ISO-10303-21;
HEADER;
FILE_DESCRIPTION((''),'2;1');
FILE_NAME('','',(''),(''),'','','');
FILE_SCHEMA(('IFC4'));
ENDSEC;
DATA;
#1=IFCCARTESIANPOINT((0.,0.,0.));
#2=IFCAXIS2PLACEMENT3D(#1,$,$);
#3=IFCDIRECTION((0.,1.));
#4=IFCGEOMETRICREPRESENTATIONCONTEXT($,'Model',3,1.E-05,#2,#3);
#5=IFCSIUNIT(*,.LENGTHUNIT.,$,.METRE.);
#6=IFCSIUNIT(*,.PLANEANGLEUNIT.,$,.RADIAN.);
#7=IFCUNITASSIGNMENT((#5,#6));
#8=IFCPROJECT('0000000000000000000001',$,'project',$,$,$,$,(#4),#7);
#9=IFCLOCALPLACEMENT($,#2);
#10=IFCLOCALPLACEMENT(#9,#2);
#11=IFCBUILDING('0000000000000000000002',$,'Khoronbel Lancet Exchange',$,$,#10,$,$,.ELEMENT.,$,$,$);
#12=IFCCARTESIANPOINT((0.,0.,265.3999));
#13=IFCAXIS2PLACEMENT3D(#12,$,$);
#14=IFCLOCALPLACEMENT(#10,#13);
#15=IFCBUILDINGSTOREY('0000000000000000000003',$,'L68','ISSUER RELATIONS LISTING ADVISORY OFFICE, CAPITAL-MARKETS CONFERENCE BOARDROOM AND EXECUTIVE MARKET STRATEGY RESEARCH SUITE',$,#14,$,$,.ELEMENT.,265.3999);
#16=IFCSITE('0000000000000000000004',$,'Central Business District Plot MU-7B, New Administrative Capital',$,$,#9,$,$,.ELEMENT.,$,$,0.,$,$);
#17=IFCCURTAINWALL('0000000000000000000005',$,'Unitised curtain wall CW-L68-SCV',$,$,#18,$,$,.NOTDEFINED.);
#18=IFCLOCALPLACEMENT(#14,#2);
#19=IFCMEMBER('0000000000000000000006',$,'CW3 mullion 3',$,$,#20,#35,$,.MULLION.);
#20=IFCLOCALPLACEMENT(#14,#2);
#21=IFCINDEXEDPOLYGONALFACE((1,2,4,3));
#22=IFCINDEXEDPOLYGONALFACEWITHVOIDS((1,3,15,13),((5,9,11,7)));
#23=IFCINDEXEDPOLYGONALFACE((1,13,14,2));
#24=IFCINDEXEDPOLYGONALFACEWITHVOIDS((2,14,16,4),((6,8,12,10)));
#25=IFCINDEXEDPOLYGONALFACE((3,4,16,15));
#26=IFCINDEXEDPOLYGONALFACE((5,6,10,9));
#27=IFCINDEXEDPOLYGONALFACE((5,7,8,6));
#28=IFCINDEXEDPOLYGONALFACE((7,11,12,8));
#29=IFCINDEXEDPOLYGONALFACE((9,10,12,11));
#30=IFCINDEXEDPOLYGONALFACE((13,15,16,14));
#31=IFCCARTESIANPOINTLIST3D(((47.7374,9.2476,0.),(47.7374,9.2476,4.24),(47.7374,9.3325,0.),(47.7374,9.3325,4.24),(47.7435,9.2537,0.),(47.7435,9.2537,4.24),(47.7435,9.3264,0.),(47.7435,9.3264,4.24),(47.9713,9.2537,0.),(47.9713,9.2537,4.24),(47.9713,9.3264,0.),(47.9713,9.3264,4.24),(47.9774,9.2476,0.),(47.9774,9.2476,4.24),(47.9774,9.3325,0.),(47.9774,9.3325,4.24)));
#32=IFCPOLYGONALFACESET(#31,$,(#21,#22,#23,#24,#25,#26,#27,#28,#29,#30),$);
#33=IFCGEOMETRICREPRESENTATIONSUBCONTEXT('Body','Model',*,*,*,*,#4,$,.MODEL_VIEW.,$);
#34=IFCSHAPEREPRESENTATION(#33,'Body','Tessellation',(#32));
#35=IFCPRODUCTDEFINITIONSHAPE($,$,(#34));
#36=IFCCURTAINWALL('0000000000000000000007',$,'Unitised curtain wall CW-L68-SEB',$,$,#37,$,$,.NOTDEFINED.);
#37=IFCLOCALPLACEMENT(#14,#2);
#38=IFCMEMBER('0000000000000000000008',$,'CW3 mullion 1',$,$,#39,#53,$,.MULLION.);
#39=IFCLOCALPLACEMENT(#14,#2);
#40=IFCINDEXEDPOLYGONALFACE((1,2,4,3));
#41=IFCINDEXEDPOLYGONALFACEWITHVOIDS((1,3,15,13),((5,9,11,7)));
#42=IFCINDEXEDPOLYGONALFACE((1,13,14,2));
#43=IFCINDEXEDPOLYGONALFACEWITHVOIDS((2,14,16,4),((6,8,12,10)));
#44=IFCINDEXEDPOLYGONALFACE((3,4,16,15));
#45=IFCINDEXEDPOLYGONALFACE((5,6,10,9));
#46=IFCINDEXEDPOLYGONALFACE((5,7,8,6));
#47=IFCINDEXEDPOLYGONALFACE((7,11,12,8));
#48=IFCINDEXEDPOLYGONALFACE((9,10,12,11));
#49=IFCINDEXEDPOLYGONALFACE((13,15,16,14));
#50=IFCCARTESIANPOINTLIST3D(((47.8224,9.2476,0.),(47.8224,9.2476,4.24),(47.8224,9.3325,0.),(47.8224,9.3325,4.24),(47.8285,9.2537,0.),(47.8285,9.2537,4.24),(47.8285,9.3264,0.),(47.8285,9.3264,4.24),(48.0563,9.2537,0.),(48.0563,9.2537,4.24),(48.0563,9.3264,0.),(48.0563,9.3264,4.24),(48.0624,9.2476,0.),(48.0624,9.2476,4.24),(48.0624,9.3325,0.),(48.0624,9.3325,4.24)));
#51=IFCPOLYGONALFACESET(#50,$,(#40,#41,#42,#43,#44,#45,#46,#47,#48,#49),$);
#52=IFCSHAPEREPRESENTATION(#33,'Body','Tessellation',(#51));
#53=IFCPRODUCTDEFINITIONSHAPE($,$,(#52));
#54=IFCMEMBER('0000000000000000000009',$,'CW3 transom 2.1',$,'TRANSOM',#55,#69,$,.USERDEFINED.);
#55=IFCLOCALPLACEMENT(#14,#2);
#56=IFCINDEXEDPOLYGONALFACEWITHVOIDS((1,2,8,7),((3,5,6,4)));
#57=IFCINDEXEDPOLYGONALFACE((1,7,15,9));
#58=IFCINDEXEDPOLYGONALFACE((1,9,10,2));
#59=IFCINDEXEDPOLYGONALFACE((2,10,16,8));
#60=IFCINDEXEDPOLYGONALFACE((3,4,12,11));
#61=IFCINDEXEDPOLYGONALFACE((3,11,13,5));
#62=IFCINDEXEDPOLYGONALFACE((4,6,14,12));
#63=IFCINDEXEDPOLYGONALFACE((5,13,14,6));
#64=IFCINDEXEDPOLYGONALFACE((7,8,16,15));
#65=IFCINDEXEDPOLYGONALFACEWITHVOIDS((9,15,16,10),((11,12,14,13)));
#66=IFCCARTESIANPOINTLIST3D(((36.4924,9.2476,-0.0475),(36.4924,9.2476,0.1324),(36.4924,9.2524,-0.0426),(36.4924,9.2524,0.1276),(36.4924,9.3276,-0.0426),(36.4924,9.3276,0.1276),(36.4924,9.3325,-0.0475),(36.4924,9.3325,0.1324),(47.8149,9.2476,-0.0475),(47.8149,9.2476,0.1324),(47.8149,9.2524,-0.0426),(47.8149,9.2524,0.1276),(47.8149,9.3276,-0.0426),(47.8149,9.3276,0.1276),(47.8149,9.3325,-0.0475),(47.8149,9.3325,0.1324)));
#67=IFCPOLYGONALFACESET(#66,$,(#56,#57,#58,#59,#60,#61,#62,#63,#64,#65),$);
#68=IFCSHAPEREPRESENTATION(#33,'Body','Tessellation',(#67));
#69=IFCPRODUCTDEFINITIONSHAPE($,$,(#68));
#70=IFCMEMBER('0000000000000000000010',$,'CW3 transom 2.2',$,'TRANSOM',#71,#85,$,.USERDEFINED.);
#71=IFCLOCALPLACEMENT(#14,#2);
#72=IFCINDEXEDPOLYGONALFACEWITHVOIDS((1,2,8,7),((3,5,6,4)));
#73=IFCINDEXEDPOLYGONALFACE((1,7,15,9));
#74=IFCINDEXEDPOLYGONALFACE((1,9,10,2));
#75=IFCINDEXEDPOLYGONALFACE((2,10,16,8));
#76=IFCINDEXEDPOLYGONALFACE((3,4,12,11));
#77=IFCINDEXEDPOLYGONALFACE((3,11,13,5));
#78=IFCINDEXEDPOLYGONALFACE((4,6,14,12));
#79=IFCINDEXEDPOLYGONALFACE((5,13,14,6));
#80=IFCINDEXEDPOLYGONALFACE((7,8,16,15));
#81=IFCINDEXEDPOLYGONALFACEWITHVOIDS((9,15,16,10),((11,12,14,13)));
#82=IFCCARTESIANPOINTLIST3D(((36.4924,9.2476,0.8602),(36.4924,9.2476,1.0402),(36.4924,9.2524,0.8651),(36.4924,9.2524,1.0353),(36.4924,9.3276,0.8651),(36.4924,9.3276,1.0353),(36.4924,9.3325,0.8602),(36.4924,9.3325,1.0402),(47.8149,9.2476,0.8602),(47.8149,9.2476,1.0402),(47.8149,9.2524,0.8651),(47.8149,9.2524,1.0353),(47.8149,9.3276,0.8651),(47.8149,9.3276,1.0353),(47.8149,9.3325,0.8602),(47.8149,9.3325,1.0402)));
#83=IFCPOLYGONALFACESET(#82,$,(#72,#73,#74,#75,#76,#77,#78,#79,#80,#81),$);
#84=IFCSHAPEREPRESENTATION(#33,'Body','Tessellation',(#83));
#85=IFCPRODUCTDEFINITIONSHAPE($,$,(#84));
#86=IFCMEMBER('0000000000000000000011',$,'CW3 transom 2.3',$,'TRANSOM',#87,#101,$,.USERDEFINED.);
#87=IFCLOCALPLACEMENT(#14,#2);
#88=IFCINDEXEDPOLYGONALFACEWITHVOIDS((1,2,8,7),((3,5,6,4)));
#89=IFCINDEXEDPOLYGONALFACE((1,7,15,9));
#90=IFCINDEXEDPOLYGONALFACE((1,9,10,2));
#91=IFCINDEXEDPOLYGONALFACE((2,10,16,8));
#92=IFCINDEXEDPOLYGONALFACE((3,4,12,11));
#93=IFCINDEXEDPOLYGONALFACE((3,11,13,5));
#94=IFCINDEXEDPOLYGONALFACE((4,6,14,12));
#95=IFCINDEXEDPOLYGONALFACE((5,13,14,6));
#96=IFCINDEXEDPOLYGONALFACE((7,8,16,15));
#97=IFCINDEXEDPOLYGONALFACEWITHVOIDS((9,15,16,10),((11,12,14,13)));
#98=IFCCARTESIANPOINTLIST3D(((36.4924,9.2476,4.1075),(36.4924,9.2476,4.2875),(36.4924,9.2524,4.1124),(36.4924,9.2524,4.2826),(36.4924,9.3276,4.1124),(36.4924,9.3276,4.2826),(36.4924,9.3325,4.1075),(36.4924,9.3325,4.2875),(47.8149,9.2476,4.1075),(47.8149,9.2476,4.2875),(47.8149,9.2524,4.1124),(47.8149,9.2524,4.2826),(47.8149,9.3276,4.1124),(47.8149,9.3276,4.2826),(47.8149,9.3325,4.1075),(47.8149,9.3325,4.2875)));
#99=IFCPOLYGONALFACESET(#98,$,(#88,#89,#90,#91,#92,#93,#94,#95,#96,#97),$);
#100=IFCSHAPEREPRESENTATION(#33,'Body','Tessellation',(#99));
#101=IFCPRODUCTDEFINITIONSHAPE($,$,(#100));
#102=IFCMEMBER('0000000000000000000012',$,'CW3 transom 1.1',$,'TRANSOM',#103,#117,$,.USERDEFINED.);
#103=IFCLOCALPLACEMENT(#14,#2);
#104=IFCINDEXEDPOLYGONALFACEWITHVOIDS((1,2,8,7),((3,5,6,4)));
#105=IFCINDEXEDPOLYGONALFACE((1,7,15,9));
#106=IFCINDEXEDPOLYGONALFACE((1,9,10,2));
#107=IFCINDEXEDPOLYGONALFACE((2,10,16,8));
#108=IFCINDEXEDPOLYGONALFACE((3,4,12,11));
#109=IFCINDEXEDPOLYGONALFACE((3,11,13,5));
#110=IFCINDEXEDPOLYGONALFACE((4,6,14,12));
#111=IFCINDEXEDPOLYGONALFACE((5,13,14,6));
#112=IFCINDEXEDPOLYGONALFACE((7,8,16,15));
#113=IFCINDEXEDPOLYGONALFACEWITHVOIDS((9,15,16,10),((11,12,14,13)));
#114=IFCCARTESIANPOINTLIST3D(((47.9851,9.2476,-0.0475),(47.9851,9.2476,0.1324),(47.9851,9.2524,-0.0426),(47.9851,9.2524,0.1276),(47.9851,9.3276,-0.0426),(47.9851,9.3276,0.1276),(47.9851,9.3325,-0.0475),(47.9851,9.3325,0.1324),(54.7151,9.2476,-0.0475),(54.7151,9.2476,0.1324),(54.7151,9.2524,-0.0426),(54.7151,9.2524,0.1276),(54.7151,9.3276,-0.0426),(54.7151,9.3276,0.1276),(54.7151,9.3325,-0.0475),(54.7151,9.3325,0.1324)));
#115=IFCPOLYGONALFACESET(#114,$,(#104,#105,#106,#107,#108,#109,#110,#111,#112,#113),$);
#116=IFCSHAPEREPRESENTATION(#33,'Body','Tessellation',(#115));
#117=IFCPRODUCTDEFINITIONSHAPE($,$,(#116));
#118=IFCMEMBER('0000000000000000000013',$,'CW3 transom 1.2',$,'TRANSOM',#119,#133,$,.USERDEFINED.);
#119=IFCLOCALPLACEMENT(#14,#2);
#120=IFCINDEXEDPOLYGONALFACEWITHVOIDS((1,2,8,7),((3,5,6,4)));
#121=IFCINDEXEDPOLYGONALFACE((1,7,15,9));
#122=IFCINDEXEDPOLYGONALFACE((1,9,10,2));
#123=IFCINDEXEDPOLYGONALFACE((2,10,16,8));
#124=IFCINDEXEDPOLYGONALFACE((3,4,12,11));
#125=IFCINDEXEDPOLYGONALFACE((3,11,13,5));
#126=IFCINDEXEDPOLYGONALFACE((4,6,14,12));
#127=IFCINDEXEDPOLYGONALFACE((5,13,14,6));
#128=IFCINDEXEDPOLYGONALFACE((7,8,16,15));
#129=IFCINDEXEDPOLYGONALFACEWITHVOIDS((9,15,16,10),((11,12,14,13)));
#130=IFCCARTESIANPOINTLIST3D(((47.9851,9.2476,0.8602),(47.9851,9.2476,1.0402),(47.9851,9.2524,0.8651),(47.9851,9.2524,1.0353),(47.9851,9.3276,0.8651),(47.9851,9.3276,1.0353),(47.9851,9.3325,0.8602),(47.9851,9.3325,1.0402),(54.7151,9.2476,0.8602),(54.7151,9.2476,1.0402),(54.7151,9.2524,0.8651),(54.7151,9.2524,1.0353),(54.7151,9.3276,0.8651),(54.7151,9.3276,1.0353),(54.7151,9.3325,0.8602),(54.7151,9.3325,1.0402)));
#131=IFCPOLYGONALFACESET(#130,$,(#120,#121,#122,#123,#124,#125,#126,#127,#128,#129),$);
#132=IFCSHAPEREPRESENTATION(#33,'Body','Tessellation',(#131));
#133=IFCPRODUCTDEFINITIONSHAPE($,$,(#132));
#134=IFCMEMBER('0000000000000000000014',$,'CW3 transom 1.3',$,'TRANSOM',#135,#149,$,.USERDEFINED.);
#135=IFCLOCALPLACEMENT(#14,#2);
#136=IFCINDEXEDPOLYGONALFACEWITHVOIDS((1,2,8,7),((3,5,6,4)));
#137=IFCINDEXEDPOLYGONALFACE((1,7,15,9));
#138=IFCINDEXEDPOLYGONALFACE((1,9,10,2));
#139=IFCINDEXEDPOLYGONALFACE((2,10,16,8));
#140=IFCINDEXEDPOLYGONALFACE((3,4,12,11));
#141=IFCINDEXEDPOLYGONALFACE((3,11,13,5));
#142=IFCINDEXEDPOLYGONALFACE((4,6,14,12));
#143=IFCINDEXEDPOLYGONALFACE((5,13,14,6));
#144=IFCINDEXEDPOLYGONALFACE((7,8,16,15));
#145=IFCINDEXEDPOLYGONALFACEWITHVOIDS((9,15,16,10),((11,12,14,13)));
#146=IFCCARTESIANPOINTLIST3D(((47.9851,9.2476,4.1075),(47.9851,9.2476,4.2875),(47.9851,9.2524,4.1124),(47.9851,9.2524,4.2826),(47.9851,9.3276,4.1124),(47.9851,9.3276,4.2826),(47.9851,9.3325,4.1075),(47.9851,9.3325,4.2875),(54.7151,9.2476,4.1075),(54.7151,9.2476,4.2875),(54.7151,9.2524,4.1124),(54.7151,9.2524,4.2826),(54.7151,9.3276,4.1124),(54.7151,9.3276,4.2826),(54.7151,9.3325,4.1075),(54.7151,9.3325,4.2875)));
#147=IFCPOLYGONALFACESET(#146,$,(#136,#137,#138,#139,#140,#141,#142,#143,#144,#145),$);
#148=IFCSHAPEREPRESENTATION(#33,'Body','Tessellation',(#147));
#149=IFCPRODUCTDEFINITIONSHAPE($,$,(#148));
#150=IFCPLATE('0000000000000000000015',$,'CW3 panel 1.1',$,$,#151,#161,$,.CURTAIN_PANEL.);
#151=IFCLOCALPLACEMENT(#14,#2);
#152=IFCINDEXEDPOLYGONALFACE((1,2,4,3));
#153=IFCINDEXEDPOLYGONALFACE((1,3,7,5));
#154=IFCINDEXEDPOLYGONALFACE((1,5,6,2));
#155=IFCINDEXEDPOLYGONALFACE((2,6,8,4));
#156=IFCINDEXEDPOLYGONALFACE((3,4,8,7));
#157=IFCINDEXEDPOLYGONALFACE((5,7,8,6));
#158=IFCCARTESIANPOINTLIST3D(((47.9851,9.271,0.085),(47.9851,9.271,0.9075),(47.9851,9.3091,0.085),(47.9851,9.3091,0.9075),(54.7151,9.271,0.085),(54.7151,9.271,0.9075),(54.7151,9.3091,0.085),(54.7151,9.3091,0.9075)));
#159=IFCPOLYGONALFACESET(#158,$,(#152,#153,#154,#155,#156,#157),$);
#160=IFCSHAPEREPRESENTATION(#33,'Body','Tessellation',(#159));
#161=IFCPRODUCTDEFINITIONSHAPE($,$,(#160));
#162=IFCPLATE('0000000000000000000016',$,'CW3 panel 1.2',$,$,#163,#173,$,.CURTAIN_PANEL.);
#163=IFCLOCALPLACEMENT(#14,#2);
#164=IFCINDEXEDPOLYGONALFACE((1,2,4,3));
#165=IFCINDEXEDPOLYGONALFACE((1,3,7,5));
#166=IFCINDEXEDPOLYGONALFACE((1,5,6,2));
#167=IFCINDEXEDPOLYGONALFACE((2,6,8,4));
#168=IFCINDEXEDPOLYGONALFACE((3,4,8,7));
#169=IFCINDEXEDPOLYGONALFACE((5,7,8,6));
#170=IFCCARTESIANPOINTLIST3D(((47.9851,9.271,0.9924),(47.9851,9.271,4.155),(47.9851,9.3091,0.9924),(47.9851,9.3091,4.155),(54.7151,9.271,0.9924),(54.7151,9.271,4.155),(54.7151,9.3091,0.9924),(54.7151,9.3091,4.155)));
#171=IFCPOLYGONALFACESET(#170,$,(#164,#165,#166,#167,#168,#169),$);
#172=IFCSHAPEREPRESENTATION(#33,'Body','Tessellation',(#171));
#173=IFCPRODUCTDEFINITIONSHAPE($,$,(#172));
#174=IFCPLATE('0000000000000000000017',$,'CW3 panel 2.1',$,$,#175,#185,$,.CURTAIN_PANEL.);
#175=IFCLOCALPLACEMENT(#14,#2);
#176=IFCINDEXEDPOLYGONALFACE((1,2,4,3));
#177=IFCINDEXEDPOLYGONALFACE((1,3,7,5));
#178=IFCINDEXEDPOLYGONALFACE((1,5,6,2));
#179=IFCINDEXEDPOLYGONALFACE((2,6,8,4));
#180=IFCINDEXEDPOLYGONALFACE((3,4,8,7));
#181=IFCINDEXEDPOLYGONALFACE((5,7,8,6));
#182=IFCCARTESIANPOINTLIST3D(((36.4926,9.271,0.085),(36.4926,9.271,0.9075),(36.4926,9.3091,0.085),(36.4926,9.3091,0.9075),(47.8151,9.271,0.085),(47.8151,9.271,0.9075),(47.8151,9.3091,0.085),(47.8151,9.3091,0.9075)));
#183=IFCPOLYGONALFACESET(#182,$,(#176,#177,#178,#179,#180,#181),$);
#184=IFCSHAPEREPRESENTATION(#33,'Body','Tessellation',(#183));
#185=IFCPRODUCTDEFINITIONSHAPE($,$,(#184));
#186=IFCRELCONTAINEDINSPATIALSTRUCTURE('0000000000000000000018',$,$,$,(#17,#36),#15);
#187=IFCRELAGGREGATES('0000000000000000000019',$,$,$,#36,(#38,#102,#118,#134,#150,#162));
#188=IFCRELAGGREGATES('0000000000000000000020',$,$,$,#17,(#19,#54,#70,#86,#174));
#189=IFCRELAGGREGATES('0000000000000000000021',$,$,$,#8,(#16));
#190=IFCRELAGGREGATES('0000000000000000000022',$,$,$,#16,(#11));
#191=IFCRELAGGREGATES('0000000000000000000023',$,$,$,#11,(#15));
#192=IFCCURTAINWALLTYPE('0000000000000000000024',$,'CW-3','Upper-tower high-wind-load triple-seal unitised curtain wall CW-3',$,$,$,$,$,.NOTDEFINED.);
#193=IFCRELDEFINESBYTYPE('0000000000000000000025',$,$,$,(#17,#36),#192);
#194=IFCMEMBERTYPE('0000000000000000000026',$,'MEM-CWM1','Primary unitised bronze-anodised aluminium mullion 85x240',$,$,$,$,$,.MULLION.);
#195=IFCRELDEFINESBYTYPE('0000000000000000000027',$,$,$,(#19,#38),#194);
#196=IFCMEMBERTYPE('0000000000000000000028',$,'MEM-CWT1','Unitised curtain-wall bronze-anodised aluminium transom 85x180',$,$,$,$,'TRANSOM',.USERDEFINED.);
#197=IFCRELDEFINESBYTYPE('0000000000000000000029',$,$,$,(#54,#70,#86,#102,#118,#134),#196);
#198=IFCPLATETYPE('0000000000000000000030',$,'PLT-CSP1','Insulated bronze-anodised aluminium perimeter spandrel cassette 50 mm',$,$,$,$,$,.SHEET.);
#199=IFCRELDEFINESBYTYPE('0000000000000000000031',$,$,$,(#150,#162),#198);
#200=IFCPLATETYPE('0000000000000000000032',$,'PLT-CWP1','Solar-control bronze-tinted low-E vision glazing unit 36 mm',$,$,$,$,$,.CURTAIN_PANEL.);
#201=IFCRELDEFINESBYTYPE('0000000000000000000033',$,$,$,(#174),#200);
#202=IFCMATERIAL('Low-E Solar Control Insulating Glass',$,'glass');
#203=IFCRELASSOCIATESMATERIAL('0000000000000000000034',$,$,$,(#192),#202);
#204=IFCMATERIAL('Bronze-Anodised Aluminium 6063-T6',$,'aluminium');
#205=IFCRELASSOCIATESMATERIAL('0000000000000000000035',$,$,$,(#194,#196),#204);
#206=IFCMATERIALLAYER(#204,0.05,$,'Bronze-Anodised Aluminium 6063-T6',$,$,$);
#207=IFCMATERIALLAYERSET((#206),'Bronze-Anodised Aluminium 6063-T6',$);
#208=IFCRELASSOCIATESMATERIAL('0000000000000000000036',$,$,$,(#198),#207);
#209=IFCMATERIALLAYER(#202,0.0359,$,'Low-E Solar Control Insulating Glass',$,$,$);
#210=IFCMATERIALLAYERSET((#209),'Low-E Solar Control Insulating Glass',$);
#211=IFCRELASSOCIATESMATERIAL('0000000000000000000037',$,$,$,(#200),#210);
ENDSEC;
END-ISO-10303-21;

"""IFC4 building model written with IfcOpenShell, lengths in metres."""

from ifc_helpers import new_model, si_unit, direction, frame, origin, origin_2d, place, context, subcontext, project, spatial, rectangle, hollow_rectangle, extrude, material, layer, layer_set, material_profile, profile_set, type_object, element, aggregate, save


model = new_model("IFC4")

# Units and contexts
model_context = context("Model", 3, precision=1e-05, world=origin(), true_north=direction((0.0, 1.0)))
body_context = subcontext(model_context, "Body", "Model", "MODEL_VIEW")
ifc_project = project(units=[si_unit("LENGTHUNIT", "METRE"), si_unit("PLANEANGLEUNIT", "RADIAN")], contexts=[model_context])

# Site, building, storey
site_placement = place(None, origin())
site = spatial("IfcSite", under=ifc_project, at=site_placement, Name="Central Business District Plot MU-7B, New Administrative Capital", CompositionType="ELEMENT", RefElevation=0.0)
building_placement = place(site_placement, origin())
building = spatial("IfcBuilding", under=site, at=building_placement, Name="Khoronbel Lancet Exchange", CompositionType="ELEMENT")
storey_placement = place(building_placement, frame((0.0, 0.0, 265.3999)))
storey = spatial("IfcBuildingStorey", under=building, at=storey_placement, Name="L68", Description="ISSUER RELATIONS LISTING ADVISORY OFFICE, CAPITAL-MARKETS CONFERENCE BOARDROOM AND EXECUTIVE MARKET STRATEGY RESEARCH SUITE", CompositionType="ELEMENT", Elevation=265.3999)

# Curtain wall, member
ifc_material_1 = material(Name="Low-E Solar Control Insulating Glass", Category="glass")
curtain_wall_type = type_object("IfcCurtainWallType", Name="CW-3", Description="Upper-tower high-wind-load triple-seal unitised curtain wall CW-3", PredefinedType="NOTDEFINED", material=ifc_material_1)
curtain_wall_1_placement = place(storey_placement, origin())
curtain_wall_1 = element("IfcCurtainWall", 1, at=curtain_wall_1_placement, inside=storey, type_object=curtain_wall_type, Name="Unitised curtain wall CW-L68-SCV", PredefinedType="NOTDEFINED")
ifc_material_2 = material(Name="Bronze-Anodised Aluminium 6063-T6", Category="aluminium")
ifc_material_profile_1 = material_profile(ifc_material_2, hollow_rectangle(XDim=0.085, YDim=0.24, WallThickness=0.0061, at=origin_2d()), Name="ALU MULLION 85x240")
ifc_profile_set_1 = profile_set([ifc_material_profile_1], Name="Bronze-Anodised Aluminium 6063-T6")
member_type_1 = type_object("IfcMemberType", Name="MEM-CWM1", Description="Primary unitised bronze-anodised aluminium mullion 85x240", PredefinedType="MULLION", material=ifc_profile_set_1)
member_1_placement = place(storey_placement, frame((47.8574, 9.29, 0.0), z_axis=(0.0, 0.0, 1.0), x_axis=(0.0, 1.0, 0.0)))
member_1 = element("IfcMember", 2, at=member_1_placement, type_object=member_type_1, Name="CW3 mullion 3", PredefinedType="MULLION", context=body_context, shape_type="SweptSolid", body=[
    extrude(hollow_rectangle(XDim=0.085, YDim=0.24, WallThickness=0.0061, at=origin_2d()), origin(), (0.0, 0.0, 1.0), 4.24),
])

# Curtain wall, member
curtain_wall_2_placement = place(storey_placement, origin())
curtain_wall_2 = element("IfcCurtainWall", 3, at=curtain_wall_2_placement, inside=storey, type_object=curtain_wall_type, Name="Unitised curtain wall CW-L68-SEB", PredefinedType="NOTDEFINED")
member_2_placement = place(storey_placement, frame((47.9424, 9.29, 0.0), z_axis=(0.0, 0.0, 1.0), x_axis=(0.0, 1.0, 0.0)))
member_2 = element("IfcMember", 4, at=member_2_placement, type_object=member_type_1, Name="CW3 mullion 1", PredefinedType="MULLION", context=body_context, shape_type="SweptSolid", body=[
    extrude(hollow_rectangle(XDim=0.085, YDim=0.24, WallThickness=0.0061, at=origin_2d()), origin(), (0.0, 0.0, 1.0), 4.24),
])

# Members
ifc_material_profile_2 = material_profile(ifc_material_2, hollow_rectangle(XDim=0.085, YDim=0.1799, WallThickness=0.0049, at=origin_2d()), Name="ALU TRANSOM 85x180")
ifc_profile_set_2 = profile_set([ifc_material_profile_2], Name="Bronze-Anodised Aluminium 6063-T6")
member_type_2 = type_object("IfcMemberType", Name="MEM-CWT1", Description="Unitised curtain-wall bronze-anodised aluminium transom 85x180", ElementType="TRANSOM", PredefinedType="USERDEFINED", material=ifc_profile_set_2)
member_3_placement = place(storey_placement, frame((36.4924, 9.29, 0.0425), z_axis=(1.0, 0.0, 0.0), x_axis=(0.0, 1.0, 0.0)))
member_3 = element("IfcMember", 5, at=member_3_placement, type_object=member_type_2, Name="CW3 transom 2.1", ObjectType="TRANSOM", PredefinedType="USERDEFINED", context=body_context, shape_type="SweptSolid", body=[
    extrude(hollow_rectangle(XDim=0.085, YDim=0.1799, WallThickness=0.0049, at=origin_2d()), origin(), (0.0, 0.0, 1.0), 11.3225),
])
member_4_placement = place(storey_placement, frame((36.4924, 9.29, 0.9502), z_axis=(1.0, 0.0, 0.0), x_axis=(0.0, 1.0, 0.0)))
member_4 = element("IfcMember", 6, at=member_4_placement, type_object=member_type_2, Name="CW3 transom 2.2", ObjectType="TRANSOM", PredefinedType="USERDEFINED", context=body_context, shape_type="SweptSolid", body=[
    extrude(hollow_rectangle(XDim=0.085, YDim=0.1799, WallThickness=0.0049, at=origin_2d()), origin(), (0.0, 0.0, 1.0), 11.3225),
])
member_5_placement = place(storey_placement, frame((36.4924, 9.29, 4.1975), z_axis=(1.0, 0.0, 0.0), x_axis=(0.0, 1.0, 0.0)))
member_5 = element("IfcMember", 7, at=member_5_placement, type_object=member_type_2, Name="CW3 transom 2.3", ObjectType="TRANSOM", PredefinedType="USERDEFINED", context=body_context, shape_type="SweptSolid", body=[
    extrude(hollow_rectangle(XDim=0.085, YDim=0.1799, WallThickness=0.0049, at=origin_2d()), origin(), (0.0, 0.0, 1.0), 11.3225),
])
member_6_placement = place(storey_placement, frame((47.9851, 9.29, 0.0425), z_axis=(1.0, 0.0, 0.0), x_axis=(0.0, 1.0, 0.0)))
member_6 = element("IfcMember", 8, at=member_6_placement, type_object=member_type_2, Name="CW3 transom 1.1", ObjectType="TRANSOM", PredefinedType="USERDEFINED", context=body_context, shape_type="SweptSolid", body=[
    extrude(hollow_rectangle(XDim=0.085, YDim=0.1799, WallThickness=0.0049, at=origin_2d()), origin(), (0.0, 0.0, 1.0), 6.73),
])
member_7_placement = place(storey_placement, frame((47.9851, 9.29, 0.9502), z_axis=(1.0, 0.0, 0.0), x_axis=(0.0, 1.0, 0.0)))
member_7 = element("IfcMember", 9, at=member_7_placement, type_object=member_type_2, Name="CW3 transom 1.2", ObjectType="TRANSOM", PredefinedType="USERDEFINED", context=body_context, shape_type="SweptSolid", body=[
    extrude(hollow_rectangle(XDim=0.085, YDim=0.1799, WallThickness=0.0049, at=origin_2d()), origin(), (0.0, 0.0, 1.0), 6.73),
])
member_8_placement = place(storey_placement, frame((47.9851, 9.29, 4.1975), z_axis=(1.0, 0.0, 0.0), x_axis=(0.0, 1.0, 0.0)))
member_8 = element("IfcMember", 10, at=member_8_placement, type_object=member_type_2, Name="CW3 transom 1.3", ObjectType="TRANSOM", PredefinedType="USERDEFINED", context=body_context, shape_type="SweptSolid", body=[
    extrude(hollow_rectangle(XDim=0.085, YDim=0.1799, WallThickness=0.0049, at=origin_2d()), origin(), (0.0, 0.0, 1.0), 6.73),
])

# Plates
ifc_layer_1 = layer(ifc_material_2, 0.05, Name="Bronze-Anodised Aluminium 6063-T6")
ifc_layer_set_1 = layer_set([ifc_layer_1], Name="Bronze-Anodised Aluminium 6063-T6")
plate_type_1 = type_object("IfcPlateType", Name="PLT-CSP1", Description="Insulated bronze-anodised aluminium perimeter spandrel cassette 50 mm", PredefinedType="SHEET", material=ifc_layer_set_1)
plate_1_placement = place(storey_placement, frame((51.3501, 9.29, 0.085), z_axis=(0.0, 0.0, 1.0), x_axis=(1.0, 0.0, 0.0)))
plate_1 = element("IfcPlate", 11, at=plate_1_placement, type_object=plate_type_1, Name="CW3 panel 1.1", PredefinedType="CURTAIN_PANEL", context=body_context, shape_type="SweptSolid", body=[
    extrude(rectangle(XDim=6.73, YDim=0.0381, at=origin_2d()), origin(), (0.0, 0.0, 1.0), 0.8225),
])
plate_2_placement = place(storey_placement, frame((51.3501, 9.29, 0.9924), z_axis=(0.0, 0.0, 1.0), x_axis=(1.0, 0.0, 0.0)))
plate_2 = element("IfcPlate", 12, at=plate_2_placement, type_object=plate_type_1, Name="CW3 panel 1.2", PredefinedType="CURTAIN_PANEL", context=body_context, shape_type="SweptSolid", body=[
    extrude(rectangle(XDim=6.73, YDim=0.0381, at=origin_2d()), origin(), (0.0, 0.0, 1.0), 3.1626),
])
aggregate(curtain_wall_2, [member_2, member_6, member_7, member_8, plate_1, plate_2])
ifc_layer_2 = layer(ifc_material_1, 0.0359, Name="Low-E Solar Control Insulating Glass")
ifc_layer_set_2 = layer_set([ifc_layer_2], Name="Low-E Solar Control Insulating Glass")
plate_type_2 = type_object("IfcPlateType", Name="PLT-CWP1", Description="Solar-control bronze-tinted low-E vision glazing unit 36 mm", PredefinedType="CURTAIN_PANEL", material=ifc_layer_set_2)
plate_3_placement = place(storey_placement, frame((42.1538, 9.29, 0.085), z_axis=(0.0, 0.0, 1.0), x_axis=(1.0, 0.0, 0.0)))
plate_3 = element("IfcPlate", 13, at=plate_3_placement, type_object=plate_type_2, Name="CW3 panel 2.1", PredefinedType="CURTAIN_PANEL", context=body_context, shape_type="SweptSolid", body=[
    extrude(rectangle(XDim=11.3225, YDim=0.0381, at=origin_2d()), origin(), (0.0, 0.0, 1.0), 0.8225),
])
aggregate(curtain_wall_1, [member_1, member_3, member_4, member_5, plate_3])

save(model, "model.ifc")
